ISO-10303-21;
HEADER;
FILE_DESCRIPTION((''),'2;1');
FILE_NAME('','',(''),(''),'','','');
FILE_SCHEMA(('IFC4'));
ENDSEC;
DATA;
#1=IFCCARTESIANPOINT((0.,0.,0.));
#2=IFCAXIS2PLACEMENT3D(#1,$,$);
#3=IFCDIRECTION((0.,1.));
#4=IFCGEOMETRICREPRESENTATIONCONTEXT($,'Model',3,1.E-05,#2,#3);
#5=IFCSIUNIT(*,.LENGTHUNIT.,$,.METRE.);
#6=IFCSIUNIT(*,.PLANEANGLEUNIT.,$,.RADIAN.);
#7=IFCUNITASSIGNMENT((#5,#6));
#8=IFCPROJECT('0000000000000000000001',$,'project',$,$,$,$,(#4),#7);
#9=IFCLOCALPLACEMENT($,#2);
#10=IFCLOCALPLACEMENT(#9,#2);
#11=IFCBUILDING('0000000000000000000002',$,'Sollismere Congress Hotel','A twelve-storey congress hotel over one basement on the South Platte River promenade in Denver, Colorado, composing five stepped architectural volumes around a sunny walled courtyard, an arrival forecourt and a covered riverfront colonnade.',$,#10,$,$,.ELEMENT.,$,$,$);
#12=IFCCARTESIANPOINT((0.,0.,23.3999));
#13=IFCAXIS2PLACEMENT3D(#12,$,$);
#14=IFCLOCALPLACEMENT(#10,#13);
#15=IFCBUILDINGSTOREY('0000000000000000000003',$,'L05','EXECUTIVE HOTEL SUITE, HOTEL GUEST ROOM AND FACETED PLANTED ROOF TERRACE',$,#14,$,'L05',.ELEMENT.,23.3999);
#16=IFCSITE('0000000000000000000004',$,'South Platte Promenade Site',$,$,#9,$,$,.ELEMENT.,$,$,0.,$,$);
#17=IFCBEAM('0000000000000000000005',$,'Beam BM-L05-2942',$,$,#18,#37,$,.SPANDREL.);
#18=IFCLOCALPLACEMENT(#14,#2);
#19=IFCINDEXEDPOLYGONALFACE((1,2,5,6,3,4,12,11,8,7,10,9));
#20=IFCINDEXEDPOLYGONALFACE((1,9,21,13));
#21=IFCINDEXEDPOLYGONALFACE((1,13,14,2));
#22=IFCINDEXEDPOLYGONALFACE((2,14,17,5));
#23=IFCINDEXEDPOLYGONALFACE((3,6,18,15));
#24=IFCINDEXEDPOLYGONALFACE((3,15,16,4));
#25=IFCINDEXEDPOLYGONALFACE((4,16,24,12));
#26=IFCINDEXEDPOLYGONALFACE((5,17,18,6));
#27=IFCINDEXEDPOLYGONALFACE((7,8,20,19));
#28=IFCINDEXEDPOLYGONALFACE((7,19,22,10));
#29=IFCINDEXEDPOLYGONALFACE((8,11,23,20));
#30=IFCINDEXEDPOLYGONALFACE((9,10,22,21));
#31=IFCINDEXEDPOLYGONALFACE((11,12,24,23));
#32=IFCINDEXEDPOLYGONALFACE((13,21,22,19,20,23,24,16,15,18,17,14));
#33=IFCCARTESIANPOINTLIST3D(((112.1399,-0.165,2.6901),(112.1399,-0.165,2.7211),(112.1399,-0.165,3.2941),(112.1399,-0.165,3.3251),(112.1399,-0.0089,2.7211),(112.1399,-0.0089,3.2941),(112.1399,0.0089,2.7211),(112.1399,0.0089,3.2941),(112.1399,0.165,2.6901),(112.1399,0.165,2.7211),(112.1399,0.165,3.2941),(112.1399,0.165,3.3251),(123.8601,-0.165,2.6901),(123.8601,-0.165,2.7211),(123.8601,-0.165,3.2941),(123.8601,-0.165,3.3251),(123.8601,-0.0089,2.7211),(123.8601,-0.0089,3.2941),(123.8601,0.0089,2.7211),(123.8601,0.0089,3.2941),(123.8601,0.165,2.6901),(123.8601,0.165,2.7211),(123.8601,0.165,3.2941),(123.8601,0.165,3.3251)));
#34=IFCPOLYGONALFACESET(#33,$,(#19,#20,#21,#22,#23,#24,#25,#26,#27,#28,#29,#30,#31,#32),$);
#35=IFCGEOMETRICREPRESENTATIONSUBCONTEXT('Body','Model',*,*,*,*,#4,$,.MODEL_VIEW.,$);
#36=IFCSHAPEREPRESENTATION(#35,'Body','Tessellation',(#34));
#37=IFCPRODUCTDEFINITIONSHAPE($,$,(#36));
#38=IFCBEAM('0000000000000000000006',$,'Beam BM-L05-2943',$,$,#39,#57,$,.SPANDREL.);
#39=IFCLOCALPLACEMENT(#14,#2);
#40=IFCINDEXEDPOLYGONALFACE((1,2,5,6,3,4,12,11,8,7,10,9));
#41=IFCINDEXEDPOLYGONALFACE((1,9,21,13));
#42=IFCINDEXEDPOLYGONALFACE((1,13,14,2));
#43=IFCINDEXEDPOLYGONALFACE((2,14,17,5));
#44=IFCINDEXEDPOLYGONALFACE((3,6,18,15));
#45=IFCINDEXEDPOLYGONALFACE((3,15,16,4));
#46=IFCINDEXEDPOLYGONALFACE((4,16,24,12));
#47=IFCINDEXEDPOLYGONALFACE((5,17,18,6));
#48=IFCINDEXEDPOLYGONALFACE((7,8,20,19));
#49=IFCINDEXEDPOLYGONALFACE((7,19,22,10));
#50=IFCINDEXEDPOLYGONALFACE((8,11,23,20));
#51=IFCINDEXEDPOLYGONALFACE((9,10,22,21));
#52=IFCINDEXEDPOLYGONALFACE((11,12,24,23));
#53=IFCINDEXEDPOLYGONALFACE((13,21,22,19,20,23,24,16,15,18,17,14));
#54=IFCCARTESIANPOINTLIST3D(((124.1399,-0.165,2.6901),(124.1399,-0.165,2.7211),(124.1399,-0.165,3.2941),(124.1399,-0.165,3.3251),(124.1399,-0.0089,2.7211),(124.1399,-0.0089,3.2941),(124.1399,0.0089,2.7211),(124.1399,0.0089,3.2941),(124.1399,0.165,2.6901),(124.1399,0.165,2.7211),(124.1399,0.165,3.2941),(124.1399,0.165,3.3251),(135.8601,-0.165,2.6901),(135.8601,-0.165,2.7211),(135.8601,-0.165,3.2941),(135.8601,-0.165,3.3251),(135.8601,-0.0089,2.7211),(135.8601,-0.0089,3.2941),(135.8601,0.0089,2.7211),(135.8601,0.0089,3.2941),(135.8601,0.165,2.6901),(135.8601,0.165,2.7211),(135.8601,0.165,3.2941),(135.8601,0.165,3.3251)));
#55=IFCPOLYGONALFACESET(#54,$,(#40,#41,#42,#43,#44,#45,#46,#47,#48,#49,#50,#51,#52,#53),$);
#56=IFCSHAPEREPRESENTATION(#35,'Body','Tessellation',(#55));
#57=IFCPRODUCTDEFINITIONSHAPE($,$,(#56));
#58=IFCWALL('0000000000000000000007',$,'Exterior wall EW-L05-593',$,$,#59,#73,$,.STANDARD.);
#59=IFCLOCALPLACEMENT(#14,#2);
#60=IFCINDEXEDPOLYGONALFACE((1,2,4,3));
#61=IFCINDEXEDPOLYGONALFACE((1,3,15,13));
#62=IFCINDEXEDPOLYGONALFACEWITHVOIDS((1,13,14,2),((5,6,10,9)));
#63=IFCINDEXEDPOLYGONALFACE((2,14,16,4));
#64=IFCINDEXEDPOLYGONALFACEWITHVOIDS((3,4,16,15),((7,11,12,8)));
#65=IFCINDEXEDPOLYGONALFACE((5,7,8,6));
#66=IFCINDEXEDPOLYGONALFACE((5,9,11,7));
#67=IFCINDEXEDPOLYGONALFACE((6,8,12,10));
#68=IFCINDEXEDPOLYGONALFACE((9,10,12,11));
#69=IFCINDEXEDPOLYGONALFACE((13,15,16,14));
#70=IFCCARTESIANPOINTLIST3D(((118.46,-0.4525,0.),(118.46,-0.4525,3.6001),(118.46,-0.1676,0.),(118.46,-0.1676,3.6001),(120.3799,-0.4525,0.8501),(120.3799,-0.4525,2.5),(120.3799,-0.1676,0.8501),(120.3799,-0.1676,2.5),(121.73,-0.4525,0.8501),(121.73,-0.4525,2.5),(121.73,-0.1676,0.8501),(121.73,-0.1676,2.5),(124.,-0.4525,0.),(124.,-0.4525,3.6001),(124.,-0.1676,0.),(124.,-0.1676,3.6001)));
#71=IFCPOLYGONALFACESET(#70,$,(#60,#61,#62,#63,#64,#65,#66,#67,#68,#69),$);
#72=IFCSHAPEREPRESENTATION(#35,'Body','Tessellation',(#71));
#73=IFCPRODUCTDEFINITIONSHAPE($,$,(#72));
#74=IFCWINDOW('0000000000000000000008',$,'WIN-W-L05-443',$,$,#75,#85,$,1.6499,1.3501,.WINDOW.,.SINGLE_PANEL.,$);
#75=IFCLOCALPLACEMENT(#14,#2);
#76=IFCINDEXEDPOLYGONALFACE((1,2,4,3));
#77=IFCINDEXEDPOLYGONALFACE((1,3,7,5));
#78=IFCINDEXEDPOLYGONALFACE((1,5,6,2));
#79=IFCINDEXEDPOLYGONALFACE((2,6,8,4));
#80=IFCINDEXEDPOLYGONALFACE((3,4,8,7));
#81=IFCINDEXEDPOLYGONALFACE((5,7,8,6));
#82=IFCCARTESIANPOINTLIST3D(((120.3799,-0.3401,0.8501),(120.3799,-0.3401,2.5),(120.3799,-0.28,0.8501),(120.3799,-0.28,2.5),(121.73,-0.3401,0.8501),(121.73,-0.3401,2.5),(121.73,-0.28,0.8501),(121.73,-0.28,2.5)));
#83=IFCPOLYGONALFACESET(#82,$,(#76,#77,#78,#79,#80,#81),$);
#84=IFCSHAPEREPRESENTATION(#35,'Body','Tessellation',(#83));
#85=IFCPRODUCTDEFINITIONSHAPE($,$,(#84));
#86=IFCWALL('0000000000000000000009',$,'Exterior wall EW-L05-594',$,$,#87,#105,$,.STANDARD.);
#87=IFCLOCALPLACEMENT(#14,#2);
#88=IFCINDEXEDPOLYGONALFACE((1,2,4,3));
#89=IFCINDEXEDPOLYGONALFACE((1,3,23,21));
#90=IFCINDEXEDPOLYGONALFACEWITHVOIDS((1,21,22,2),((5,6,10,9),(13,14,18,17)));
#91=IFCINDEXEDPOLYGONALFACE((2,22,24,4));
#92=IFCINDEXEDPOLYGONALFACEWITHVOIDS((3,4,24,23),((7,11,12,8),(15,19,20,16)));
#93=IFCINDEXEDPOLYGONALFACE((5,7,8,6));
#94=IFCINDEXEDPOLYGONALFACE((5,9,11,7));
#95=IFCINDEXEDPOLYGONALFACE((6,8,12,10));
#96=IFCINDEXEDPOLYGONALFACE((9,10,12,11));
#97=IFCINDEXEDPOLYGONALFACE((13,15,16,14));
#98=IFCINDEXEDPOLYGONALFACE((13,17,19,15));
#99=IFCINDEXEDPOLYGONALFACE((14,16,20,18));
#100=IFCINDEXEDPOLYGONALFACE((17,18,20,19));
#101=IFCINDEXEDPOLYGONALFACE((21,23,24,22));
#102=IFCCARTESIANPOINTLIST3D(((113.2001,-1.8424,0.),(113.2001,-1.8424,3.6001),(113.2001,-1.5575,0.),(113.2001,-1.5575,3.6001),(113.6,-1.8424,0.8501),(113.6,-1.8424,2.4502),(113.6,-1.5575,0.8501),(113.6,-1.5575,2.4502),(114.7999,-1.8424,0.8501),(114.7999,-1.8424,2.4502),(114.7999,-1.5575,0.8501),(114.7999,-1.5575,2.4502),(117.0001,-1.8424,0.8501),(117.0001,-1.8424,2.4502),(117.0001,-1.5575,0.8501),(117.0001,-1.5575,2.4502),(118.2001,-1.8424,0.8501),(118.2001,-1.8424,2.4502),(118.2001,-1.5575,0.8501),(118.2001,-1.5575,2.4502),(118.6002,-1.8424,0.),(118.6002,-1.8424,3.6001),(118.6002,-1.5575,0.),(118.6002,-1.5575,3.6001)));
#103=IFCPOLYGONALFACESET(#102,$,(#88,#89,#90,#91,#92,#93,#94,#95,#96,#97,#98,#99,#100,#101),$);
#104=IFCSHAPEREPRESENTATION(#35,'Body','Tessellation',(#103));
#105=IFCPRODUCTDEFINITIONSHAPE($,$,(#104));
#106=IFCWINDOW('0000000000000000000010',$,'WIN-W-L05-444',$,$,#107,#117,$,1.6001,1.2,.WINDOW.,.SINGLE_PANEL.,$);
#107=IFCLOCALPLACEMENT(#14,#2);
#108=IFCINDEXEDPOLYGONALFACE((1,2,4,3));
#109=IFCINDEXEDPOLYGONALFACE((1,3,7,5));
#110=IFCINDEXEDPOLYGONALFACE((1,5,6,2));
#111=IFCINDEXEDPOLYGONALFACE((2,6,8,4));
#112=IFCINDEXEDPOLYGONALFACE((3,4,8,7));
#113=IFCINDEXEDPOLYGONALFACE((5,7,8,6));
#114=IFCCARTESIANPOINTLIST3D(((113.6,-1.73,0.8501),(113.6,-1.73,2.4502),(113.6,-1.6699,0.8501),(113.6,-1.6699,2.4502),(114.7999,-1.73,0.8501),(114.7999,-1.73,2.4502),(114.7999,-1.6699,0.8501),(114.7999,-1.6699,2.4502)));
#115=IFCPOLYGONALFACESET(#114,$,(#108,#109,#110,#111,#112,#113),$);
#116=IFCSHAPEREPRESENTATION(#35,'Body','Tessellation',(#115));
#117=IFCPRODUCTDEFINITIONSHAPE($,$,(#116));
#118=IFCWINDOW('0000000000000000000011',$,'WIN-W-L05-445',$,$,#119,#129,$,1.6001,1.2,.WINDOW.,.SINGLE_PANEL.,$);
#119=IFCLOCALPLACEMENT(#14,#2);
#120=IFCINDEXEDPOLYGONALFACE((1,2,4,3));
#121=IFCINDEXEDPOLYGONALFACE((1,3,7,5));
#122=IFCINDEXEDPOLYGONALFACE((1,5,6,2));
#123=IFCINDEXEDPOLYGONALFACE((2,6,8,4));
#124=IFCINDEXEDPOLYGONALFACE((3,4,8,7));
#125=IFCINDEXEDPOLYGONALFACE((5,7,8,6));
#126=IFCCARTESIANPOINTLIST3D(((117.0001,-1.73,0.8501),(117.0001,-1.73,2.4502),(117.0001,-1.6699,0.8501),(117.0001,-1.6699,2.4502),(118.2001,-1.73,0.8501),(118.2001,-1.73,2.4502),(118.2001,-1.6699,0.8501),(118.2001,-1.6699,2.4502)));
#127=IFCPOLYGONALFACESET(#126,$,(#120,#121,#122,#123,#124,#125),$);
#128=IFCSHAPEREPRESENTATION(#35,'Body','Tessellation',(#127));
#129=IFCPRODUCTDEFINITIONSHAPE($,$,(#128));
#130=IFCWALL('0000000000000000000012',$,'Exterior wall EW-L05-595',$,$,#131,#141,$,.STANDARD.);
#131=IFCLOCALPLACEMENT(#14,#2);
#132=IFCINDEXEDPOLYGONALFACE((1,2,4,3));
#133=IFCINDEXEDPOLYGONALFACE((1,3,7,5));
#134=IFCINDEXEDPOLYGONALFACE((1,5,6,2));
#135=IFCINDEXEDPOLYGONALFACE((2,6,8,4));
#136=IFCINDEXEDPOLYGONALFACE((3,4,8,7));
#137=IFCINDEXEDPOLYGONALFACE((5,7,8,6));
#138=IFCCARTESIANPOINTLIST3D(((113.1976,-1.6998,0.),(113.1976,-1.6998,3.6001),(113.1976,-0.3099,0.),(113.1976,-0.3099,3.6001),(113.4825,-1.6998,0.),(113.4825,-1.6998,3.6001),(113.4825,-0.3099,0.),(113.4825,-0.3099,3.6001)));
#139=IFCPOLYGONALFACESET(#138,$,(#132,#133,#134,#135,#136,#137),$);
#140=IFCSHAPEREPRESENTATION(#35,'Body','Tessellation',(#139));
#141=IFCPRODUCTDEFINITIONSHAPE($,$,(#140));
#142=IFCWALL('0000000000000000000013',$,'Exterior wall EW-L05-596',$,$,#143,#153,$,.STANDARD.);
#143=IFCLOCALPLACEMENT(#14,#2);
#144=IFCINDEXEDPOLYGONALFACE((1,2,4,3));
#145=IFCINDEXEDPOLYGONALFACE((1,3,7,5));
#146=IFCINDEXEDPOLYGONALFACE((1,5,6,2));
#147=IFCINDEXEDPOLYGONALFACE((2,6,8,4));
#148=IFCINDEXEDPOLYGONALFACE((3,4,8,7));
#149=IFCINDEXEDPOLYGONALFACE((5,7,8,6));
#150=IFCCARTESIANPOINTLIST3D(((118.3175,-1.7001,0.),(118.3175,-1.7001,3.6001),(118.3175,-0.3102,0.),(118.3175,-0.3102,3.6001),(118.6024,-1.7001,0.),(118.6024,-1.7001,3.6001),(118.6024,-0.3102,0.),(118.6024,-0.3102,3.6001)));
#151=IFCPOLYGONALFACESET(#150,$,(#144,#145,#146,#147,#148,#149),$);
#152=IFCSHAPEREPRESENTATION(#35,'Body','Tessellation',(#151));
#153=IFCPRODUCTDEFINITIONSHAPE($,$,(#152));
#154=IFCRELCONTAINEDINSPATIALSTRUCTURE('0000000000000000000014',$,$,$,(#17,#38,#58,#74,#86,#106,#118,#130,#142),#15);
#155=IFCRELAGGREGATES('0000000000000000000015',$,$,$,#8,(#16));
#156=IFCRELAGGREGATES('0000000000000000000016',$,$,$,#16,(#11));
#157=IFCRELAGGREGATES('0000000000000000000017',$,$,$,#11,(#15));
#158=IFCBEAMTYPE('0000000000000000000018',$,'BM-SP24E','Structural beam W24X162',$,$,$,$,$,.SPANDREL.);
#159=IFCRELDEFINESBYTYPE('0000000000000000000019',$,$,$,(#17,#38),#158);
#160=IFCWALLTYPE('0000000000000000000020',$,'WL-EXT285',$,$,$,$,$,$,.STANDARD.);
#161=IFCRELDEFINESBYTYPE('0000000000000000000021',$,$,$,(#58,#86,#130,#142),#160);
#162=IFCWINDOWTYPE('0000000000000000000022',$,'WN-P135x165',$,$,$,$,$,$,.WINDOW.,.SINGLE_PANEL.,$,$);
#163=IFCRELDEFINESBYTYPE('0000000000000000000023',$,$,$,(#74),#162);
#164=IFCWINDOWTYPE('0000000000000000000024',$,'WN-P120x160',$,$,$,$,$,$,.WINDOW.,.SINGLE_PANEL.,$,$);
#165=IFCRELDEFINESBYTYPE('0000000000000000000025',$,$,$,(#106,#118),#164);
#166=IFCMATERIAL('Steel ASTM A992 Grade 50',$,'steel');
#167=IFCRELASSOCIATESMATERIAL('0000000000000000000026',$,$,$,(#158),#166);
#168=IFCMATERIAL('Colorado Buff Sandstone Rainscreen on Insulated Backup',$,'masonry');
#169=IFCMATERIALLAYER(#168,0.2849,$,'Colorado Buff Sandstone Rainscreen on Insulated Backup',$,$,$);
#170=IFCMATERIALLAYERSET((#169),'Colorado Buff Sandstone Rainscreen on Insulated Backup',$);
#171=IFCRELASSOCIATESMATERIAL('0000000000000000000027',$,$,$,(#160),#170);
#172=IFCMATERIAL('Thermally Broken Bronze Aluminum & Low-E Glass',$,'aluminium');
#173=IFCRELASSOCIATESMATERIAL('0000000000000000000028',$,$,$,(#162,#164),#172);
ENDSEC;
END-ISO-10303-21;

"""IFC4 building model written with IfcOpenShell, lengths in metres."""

from ifc_helpers import new_model, si_unit, direction, frame, frame_2d, origin, origin_2d, place, context, subcontext, project, spatial, rectangle, i_section, extrude, material, layer, layer_set, material_profile, profile_set, type_object, element, fill, save


model = new_model("IFC4")

# Units and contexts
model_context = context("Model", 3, precision=1e-05, world=origin(), true_north=direction((0.0, 1.0)))
body_context = subcontext(model_context, "Body", "Model", "MODEL_VIEW")
ifc_project = project(units=[si_unit("LENGTHUNIT", "METRE"), si_unit("PLANEANGLEUNIT", "RADIAN")], contexts=[model_context])

# Site, building, storey
site_placement = place(None, origin())
site = spatial("IfcSite", under=ifc_project, at=site_placement, Name="South Platte Promenade Site", CompositionType="ELEMENT", RefElevation=0.0)
building_placement = place(site_placement, origin())
building = spatial("IfcBuilding", under=site, at=building_placement, Name="Sollismere Congress Hotel", Description="A twelve-storey congress hotel over one basement on the South Platte River promenade in Denver, Colorado, composing five stepped architectural volumes around a sunny walled courtyard, an arrival forecourt and a covered riverfront colonnade.", CompositionType="ELEMENT")
storey_placement = place(building_placement, frame((0.0, 0.0, 23.3999)))
storey = spatial("IfcBuildingStorey", under=building, at=storey_placement, Name="L05", Description="EXECUTIVE HOTEL SUITE, HOTEL GUEST ROOM AND FACETED PLANTED ROOF TERRACE", LongName="L05", CompositionType="ELEMENT", Elevation=23.3999)

# Shared definitions
ifc_material_1 = material(Name="Steel ASTM A992 Grade 50", Category="steel")

# Beams
ifc_material_profile_1 = material_profile(ifc_material_1, i_section(OverallWidth=0.3301, OverallDepth=0.635, WebThickness=0.0178, FlangeThickness=0.031, at=origin_2d()), Name="W24X162")
ifc_profile_set_1 = profile_set([ifc_material_profile_1], Name="Steel ASTM A992 Grade 50")
beam_type_1 = type_object("IfcBeamType", Name="BM-SP24E", Description="Structural beam W24X162", PredefinedType="SPANDREL", material=ifc_profile_set_1)
for number, where, z_axis, x_axis, name in (
    (1, (112.1399, 0.0, 3.0076), (1.0, 0.0, 0.0), (0.0, 1.0, 0.0), "Beam BM-L05-2942"),
    (2, (124.1399, 0.0, 3.0076), (1.0, 0.0, 0.0), (0.0, 1.0, 0.0), "Beam BM-L05-2943"),
):
    element("IfcBeam", number, at=place(storey_placement, frame(where, z_axis=z_axis, x_axis=x_axis)), inside=storey, type_object=beam_type_1, Name=name, PredefinedType="SPANDREL", context=body_context, shape_type="SweptSolid", body=[
        extrude(i_section(OverallWidth=0.3301, OverallDepth=0.635, WebThickness=0.0178, FlangeThickness=0.031, at=origin_2d()), origin(), (0.0, 0.0, 1.0), 11.7202),
    ])

# Wall, opening, window
ifc_material_2 = material(Name="Colorado Buff Sandstone Rainscreen on Insulated Backup", Category="masonry")
ifc_layer_1 = layer(ifc_material_2, 0.2849, Name="Colorado Buff Sandstone Rainscreen on Insulated Backup")
ifc_layer_set_1 = layer_set([ifc_layer_1], Name="Colorado Buff Sandstone Rainscreen on Insulated Backup")
wall_type_1 = type_object("IfcWallType", Name="WL-EXT285", PredefinedType="STANDARD", material=ifc_layer_set_1)
wall_1_placement = place(storey_placement, frame((118.46, -0.3101, 0.0), z_axis=(0.0, 0.0, 1.0), x_axis=(1.0, 0.0, 0.0)))
wall_1 = element("IfcWall", 3, at=wall_1_placement, inside=storey, type_object=wall_type_1, Name="Exterior wall EW-L05-593", PredefinedType="STANDARD", context=body_context, shape_type="SweptSolid", body=[
    extrude(rectangle(XDim=5.54, YDim=0.2849, at=frame_2d((2.77, 0.0))), origin(), (0.0, 0.0, 1.0), 3.6001),
])
opening_1_placement = place(wall_1_placement, frame((1.9199, 0.0, 0.8501)))
opening_1 = element("IfcOpeningElement", 4, at=opening_1_placement, cuts=wall_1, PredefinedType="OPENING", context=body_context, shape_type="SweptSolid", body=[
    extrude(rectangle(XDim=1.3501, YDim=1.6499, at=frame_2d((0.675, 0.825))), frame((0.0, 0.1523, 0.0), z_axis=(0.0, -1.0, 0.0), x_axis=(1.0, 0.0, 0.0)), (0.0, 0.0, 1.0), 0.3049),
])
ifc_material_3 = material(Name="Thermally Broken Bronze Aluminum & Low-E Glass", Category="aluminium")
window_type_1 = type_object("IfcWindowType", Name="WN-P135x165", PartitioningType="SINGLE_PANEL", PredefinedType="WINDOW", material=ifc_material_3)
window_1_placement = place(opening_1_placement, origin())
window_1 = element("IfcWindow", 5, at=window_1_placement, inside=storey, type_object=window_type_1, Name="WIN-W-L05-443", OverallHeight=1.6499, OverallWidth=1.3501, PartitioningType="SINGLE_PANEL", PredefinedType="WINDOW", context=body_context, shape_type="SweptSolid", body=[
    extrude(rectangle(XDim=1.3501, YDim=1.6499, at=frame_2d((0.675, 0.825))), frame((0.0, 0.03, 0.0), z_axis=(0.0, -1.0, 0.0), x_axis=(1.0, 0.0, 0.0)), (0.0, 0.0, 1.0), 0.0601),
])
fill(opening_1, window_1)

# Wall, openings, windows
wall_2_placement = place(storey_placement, frame((113.2, -1.7, 0.0), z_axis=(0.0, 0.0, 1.0), x_axis=(1.0, 0.0, 0.0)))
wall_2 = element("IfcWall", 6, at=wall_2_placement, inside=storey, type_object=wall_type_1, Name="Exterior wall EW-L05-594", PredefinedType="STANDARD", context=body_context, shape_type="SweptSolid", body=[
    extrude(rectangle(XDim=5.4001, YDim=0.2849, at=frame_2d((2.7002, 0.0))), origin(), (0.0, 0.0, 1.0), 3.6001),
])
opening_2_placement = place(wall_2_placement, frame((0.3999, 0.0, 0.8501)))
opening_2 = element("IfcOpeningElement", 7, at=opening_2_placement, cuts=wall_2, PredefinedType="OPENING", context=body_context, shape_type="SweptSolid", body=[
    extrude(rectangle(XDim=1.2, YDim=1.6001, at=frame_2d((0.6001, 0.8))), frame((0.0, 0.1523, 0.0), z_axis=(0.0, -1.0, 0.0), x_axis=(1.0, 0.0, 0.0)), (0.0, 0.0, 1.0), 0.3049),
])
opening_3_placement = place(wall_2_placement, frame((3.8, 0.0, 0.8501)))
opening_3 = element("IfcOpeningElement", 8, at=opening_3_placement, cuts=wall_2, PredefinedType="OPENING", context=body_context, shape_type="SweptSolid", body=[
    extrude(rectangle(XDim=1.2, YDim=1.6001, at=frame_2d((0.6001, 0.8))), frame((0.0, 0.1523, 0.0), z_axis=(0.0, -1.0, 0.0), x_axis=(1.0, 0.0, 0.0)), (0.0, 0.0, 1.0), 0.3049),
])
window_type_2 = type_object("IfcWindowType", Name="WN-P120x160", PartitioningType="SINGLE_PANEL", PredefinedType="WINDOW", material=ifc_material_3)
window_2_placement = place(opening_2_placement, origin())
window_2 = element("IfcWindow", 9, at=window_2_placement, inside=storey, type_object=window_type_2, Name="WIN-W-L05-444", OverallHeight=1.6001, OverallWidth=1.2, PartitioningType="SINGLE_PANEL", PredefinedType="WINDOW", context=body_context, shape_type="SweptSolid", body=[
    extrude(rectangle(XDim=1.2, YDim=1.6001, at=frame_2d((0.6001, 0.8))), frame((0.0, 0.03, 0.0), z_axis=(0.0, -1.0, 0.0), x_axis=(1.0, 0.0, 0.0)), (0.0, 0.0, 1.0), 0.0601),
])
fill(opening_2, window_2)
window_3_placement = place(opening_3_placement, origin())
window_3 = element("IfcWindow", 10, at=window_3_placement, inside=storey, type_object=window_type_2, Name="WIN-W-L05-445", OverallHeight=1.6001, OverallWidth=1.2, PartitioningType="SINGLE_PANEL", PredefinedType="WINDOW", context=body_context, shape_type="SweptSolid", body=[
    extrude(rectangle(XDim=1.2, YDim=1.6001, at=frame_2d((0.6001, 0.8))), frame((0.0, 0.03, 0.0), z_axis=(0.0, -1.0, 0.0), x_axis=(1.0, 0.0, 0.0)), (0.0, 0.0, 1.0), 0.0601),
])
fill(opening_3, window_3)

# Walls
for number, where, z_axis, x_axis, name in (
    (11, (113.3401, -0.3101, 0.0), (0.0, 0.0, 1.0), (0.0, -1.0, 0.0), "Exterior wall EW-L05-595"),
    (12, (118.46, -1.7, 0.0), (0.0, 0.0, 1.0), (0.0, 1.0, 0.0), "Exterior wall EW-L05-596"),
):
    element("IfcWall", number, at=place(storey_placement, frame(where, z_axis=z_axis, x_axis=x_axis)), inside=storey, type_object=wall_type_1, Name=name, PredefinedType="STANDARD", context=body_context, shape_type="SweptSolid", body=[
        extrude(rectangle(XDim=1.3899, YDim=0.2849, at=frame_2d((0.6948, 0.0))), origin(), (0.0, 0.0, 1.0), 3.6001),
    ])

save(model, "model.ifc")
